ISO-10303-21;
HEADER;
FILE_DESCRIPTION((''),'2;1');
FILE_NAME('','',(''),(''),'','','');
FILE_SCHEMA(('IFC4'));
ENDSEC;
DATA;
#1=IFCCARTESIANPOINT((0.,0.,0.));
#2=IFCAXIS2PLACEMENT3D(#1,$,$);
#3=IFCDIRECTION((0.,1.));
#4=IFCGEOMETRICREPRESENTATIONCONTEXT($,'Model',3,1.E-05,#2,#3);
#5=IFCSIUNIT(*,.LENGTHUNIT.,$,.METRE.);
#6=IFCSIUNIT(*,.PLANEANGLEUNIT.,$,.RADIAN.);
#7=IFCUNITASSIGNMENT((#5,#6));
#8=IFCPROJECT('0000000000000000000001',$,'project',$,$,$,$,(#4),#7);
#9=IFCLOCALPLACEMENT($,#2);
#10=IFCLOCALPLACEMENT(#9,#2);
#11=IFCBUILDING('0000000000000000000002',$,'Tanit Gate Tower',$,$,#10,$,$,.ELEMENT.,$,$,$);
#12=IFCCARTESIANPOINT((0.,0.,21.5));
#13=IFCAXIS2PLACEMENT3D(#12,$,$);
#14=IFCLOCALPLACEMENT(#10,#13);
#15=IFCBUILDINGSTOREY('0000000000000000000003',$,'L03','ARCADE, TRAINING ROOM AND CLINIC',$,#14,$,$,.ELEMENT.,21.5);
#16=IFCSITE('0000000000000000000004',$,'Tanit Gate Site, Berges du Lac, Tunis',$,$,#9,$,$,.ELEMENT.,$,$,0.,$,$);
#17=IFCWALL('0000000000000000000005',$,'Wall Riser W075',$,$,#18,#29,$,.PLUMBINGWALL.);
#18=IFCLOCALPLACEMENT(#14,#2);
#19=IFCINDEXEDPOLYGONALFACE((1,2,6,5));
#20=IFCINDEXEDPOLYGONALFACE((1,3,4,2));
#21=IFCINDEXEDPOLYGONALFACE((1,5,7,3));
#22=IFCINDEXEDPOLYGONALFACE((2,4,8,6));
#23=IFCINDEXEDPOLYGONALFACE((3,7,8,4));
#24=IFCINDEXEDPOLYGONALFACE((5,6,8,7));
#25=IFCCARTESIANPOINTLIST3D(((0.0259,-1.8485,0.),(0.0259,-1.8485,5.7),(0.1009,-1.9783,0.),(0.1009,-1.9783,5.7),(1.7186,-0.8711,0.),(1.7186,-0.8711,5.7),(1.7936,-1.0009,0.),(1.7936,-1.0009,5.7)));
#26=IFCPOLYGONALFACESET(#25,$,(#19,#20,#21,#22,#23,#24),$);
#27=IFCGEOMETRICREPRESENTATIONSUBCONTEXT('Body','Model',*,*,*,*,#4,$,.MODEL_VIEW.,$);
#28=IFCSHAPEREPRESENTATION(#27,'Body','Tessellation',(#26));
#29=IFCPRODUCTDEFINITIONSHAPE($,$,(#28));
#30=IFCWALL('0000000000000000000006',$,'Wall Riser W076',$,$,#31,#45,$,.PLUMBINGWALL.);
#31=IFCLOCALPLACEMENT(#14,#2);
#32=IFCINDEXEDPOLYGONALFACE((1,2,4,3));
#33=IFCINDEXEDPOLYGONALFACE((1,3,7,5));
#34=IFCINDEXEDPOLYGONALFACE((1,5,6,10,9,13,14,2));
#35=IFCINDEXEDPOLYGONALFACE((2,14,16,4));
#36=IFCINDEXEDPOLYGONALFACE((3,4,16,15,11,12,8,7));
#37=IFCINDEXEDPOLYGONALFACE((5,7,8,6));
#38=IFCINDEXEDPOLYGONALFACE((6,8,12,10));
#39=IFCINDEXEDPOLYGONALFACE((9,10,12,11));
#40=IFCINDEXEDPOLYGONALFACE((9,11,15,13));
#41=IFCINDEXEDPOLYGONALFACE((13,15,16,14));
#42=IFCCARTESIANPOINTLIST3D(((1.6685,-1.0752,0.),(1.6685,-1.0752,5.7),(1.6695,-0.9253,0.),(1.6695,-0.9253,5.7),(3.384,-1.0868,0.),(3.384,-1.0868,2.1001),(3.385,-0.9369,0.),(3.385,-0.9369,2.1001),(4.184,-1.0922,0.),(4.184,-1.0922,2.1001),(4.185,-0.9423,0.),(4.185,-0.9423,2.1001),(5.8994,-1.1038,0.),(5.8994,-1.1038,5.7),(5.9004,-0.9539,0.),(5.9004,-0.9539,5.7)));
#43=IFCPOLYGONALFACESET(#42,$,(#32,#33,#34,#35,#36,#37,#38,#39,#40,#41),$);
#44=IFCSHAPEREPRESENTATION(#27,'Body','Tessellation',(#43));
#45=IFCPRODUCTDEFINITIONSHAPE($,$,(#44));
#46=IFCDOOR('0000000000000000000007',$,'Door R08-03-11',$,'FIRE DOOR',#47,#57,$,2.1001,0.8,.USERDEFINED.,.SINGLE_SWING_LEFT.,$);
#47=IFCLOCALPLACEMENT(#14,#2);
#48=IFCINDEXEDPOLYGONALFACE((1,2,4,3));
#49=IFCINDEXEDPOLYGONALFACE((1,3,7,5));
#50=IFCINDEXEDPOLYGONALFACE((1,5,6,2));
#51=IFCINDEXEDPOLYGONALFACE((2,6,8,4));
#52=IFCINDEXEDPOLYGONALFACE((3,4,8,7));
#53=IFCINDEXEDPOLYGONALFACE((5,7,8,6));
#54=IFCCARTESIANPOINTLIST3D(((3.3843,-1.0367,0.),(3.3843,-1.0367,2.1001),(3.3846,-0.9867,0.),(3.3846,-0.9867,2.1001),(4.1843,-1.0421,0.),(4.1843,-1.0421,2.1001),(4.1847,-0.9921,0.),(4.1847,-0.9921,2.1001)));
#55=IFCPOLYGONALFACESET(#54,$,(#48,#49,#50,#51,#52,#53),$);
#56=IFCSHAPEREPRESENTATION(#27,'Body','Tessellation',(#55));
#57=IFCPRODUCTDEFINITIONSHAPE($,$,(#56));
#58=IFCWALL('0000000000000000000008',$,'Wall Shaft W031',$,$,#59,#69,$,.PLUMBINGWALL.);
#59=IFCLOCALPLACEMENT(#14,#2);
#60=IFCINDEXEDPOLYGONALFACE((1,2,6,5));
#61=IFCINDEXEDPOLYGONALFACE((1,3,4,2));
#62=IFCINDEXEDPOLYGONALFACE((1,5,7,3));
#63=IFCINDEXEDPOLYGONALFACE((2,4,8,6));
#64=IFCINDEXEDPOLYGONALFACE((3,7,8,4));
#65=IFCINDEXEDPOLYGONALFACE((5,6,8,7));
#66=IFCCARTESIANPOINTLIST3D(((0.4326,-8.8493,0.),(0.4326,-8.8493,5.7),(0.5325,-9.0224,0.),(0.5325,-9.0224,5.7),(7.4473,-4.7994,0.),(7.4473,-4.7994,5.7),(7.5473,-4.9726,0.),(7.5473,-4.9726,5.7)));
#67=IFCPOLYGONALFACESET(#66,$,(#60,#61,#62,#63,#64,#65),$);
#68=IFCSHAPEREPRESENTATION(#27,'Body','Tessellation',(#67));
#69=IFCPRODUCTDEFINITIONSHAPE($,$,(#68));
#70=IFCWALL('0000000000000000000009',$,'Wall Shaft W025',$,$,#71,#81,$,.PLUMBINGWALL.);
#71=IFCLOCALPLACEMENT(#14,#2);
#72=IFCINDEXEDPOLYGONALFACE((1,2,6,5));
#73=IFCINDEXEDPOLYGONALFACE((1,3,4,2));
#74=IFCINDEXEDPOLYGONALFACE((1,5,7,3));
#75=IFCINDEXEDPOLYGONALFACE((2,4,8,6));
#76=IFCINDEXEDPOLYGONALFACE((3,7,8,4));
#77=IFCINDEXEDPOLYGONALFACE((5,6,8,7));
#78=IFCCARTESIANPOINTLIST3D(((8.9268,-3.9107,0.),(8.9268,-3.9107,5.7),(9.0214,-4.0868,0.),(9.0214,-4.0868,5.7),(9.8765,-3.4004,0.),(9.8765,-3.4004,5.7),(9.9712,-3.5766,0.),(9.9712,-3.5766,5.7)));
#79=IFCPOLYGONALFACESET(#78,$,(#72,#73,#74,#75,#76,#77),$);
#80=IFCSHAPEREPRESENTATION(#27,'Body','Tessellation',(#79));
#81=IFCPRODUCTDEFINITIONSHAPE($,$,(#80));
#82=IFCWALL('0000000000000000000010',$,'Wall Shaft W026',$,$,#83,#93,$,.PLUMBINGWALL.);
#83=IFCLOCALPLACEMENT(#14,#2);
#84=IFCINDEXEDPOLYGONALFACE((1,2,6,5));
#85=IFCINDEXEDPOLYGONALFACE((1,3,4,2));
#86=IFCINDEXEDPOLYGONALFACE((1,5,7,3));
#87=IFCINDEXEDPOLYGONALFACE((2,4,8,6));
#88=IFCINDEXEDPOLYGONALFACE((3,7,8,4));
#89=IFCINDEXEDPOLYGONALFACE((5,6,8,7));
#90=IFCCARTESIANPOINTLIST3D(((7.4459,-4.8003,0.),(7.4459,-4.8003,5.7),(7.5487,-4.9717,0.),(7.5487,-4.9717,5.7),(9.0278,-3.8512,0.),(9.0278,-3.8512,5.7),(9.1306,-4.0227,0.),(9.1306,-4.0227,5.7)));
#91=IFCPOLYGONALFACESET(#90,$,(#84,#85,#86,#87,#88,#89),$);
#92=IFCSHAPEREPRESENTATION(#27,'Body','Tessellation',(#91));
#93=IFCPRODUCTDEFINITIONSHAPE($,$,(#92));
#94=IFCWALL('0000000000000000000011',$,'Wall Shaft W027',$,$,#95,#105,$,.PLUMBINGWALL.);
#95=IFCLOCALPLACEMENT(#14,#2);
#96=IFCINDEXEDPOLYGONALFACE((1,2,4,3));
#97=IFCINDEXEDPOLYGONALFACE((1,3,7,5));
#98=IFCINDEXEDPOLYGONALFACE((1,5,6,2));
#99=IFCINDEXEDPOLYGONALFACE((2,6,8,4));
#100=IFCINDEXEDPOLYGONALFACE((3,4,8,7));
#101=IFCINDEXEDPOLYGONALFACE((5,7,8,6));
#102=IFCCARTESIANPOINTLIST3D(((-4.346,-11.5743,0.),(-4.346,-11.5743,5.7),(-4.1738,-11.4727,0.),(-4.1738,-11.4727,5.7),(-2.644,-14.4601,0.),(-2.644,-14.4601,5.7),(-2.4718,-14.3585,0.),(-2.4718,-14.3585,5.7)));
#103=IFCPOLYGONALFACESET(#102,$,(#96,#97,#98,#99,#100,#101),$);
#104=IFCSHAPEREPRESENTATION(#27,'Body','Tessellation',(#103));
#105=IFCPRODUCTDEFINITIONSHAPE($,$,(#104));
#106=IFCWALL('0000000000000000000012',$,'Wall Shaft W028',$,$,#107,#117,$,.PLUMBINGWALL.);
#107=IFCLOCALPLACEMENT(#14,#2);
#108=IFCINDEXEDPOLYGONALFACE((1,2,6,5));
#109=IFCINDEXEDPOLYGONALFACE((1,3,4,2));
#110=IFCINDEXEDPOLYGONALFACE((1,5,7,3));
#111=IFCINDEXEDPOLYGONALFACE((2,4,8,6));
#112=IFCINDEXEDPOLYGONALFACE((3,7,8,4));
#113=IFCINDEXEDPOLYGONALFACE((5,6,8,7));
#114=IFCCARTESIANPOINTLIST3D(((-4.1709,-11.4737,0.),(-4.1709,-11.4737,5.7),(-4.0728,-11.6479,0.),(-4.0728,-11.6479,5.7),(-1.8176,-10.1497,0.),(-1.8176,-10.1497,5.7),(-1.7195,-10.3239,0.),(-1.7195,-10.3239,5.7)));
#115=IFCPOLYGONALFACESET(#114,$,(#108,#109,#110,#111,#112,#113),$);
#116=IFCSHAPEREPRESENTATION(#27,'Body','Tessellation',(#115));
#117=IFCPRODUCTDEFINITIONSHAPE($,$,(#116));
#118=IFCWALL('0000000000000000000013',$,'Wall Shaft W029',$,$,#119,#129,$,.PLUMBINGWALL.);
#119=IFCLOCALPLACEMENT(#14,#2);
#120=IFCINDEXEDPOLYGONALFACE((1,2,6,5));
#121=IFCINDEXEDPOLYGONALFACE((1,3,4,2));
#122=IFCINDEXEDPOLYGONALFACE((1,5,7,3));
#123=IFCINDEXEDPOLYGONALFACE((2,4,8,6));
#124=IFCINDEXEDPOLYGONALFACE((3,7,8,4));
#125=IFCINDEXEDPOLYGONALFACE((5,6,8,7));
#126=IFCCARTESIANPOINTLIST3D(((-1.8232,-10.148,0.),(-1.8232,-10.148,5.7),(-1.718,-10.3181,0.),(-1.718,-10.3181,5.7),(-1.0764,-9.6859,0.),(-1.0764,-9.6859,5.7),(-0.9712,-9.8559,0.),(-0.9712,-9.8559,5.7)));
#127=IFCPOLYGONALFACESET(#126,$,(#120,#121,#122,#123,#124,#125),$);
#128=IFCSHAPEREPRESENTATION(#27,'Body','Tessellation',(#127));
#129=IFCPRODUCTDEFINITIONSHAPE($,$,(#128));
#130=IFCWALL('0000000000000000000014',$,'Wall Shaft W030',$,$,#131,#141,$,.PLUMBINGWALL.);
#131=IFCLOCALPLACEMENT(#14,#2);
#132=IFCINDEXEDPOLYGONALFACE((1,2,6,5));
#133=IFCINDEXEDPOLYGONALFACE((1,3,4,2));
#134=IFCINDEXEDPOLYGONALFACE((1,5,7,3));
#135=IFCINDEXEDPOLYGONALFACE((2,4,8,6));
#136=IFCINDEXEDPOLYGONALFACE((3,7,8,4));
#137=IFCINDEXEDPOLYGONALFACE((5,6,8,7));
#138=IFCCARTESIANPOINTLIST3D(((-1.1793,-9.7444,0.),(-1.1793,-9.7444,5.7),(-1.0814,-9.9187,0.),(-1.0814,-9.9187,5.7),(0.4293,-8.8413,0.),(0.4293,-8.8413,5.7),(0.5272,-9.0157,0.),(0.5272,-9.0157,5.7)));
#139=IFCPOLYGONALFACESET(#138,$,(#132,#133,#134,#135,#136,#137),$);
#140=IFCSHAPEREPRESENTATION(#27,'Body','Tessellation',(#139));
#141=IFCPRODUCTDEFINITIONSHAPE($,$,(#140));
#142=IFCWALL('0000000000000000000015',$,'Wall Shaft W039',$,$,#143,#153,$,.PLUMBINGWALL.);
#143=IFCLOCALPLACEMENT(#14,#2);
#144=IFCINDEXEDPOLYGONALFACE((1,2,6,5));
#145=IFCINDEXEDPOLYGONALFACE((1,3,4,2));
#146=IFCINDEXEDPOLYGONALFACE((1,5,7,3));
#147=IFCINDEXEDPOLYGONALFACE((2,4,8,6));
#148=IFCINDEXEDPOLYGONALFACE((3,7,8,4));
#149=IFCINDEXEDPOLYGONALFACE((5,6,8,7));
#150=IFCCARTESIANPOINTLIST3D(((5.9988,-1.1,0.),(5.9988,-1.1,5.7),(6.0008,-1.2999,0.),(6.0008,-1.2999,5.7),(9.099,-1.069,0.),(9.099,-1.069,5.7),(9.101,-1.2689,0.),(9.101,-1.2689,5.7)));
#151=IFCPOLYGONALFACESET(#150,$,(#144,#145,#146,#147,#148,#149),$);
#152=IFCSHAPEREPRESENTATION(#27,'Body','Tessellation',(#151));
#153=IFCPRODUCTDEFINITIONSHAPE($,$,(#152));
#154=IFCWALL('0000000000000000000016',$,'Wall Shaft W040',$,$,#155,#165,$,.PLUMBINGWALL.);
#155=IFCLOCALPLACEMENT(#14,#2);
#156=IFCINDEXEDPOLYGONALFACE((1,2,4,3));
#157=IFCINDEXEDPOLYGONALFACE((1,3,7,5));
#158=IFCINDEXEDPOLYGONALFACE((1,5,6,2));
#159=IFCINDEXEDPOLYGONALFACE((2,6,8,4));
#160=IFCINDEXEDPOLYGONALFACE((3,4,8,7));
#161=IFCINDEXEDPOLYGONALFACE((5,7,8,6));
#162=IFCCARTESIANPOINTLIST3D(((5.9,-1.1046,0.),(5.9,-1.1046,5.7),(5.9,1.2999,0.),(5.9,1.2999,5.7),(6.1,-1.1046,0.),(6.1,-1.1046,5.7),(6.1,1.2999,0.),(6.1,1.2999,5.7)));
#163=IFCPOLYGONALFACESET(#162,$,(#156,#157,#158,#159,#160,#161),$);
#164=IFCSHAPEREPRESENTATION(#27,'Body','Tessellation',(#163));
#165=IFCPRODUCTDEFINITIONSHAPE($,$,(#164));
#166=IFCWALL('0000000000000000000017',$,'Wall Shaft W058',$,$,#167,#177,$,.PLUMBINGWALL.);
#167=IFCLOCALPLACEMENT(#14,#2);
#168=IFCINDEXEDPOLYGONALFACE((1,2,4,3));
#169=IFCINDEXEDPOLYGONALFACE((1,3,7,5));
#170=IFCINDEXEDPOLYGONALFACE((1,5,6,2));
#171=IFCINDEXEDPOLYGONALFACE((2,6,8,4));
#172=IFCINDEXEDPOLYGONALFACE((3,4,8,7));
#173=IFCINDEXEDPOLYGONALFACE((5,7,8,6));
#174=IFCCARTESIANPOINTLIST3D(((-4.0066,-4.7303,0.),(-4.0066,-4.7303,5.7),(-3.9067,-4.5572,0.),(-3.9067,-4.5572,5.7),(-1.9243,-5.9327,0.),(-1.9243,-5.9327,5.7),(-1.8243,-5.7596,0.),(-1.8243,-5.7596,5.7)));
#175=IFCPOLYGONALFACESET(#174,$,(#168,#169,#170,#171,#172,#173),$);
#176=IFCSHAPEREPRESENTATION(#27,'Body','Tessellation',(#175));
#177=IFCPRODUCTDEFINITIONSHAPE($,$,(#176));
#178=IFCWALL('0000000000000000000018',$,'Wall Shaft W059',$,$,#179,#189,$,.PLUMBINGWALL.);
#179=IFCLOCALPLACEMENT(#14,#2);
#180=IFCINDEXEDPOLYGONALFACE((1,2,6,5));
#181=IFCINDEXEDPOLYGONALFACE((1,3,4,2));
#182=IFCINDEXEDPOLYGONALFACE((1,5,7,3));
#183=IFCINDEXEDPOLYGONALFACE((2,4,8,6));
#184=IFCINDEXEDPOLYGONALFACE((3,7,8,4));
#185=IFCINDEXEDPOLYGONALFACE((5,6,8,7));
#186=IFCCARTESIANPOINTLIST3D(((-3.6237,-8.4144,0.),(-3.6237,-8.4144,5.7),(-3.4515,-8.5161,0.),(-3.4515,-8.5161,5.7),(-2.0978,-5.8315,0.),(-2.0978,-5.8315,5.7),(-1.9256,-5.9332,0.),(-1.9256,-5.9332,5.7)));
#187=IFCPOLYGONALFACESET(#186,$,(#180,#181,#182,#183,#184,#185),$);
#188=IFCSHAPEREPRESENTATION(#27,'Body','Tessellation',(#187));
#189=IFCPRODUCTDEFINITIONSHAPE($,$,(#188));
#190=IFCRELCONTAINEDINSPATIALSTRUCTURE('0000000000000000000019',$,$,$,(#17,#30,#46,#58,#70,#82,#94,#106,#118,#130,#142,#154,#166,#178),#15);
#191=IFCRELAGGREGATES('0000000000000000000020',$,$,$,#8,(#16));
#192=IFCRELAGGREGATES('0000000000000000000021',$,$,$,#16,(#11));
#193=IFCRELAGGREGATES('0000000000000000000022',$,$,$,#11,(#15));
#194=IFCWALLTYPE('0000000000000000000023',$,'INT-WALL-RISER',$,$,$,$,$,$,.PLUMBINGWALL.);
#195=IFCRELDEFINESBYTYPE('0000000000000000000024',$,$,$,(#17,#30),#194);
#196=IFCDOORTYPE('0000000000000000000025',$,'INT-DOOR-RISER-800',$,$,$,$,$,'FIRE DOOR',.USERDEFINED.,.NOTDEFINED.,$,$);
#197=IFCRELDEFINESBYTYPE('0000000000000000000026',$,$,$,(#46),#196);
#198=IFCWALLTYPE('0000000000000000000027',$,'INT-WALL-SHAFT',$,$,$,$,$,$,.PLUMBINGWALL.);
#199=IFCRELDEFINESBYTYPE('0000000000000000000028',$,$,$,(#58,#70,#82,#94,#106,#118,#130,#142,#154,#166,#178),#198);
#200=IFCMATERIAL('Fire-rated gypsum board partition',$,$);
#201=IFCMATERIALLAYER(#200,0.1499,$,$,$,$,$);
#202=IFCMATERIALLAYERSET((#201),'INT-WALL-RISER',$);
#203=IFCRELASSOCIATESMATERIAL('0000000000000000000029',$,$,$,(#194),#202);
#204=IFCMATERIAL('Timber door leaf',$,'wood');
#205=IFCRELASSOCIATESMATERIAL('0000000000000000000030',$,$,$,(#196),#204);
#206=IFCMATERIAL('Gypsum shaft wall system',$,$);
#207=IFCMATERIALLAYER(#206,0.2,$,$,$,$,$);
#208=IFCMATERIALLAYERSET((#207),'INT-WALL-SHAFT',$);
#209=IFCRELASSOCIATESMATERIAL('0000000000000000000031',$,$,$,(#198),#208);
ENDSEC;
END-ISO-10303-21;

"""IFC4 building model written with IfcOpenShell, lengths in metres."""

from ifc_helpers import new_model, si_unit, direction, frame, frame_2d, origin, place, context, subcontext, project, spatial, rectangle, extrude, material, layer, layer_set, type_object, element, fill, save


model = new_model("IFC4")

# Units and contexts
model_context = context("Model", 3, precision=1e-05, world=origin(), true_north=direction((0.0, 1.0)))
body_context = subcontext(model_context, "Body", "Model", "MODEL_VIEW")
ifc_project = project(units=[si_unit("LENGTHUNIT", "METRE"), si_unit("PLANEANGLEUNIT", "RADIAN")], contexts=[model_context])

# Site, building, storey
site_placement = place(None, origin())
site = spatial("IfcSite", under=ifc_project, at=site_placement, Name="Tanit Gate Site, Berges du Lac, Tunis", CompositionType="ELEMENT", RefElevation=0.0)
building_placement = place(site_placement, origin())
building = spatial("IfcBuilding", under=site, at=building_placement, Name="Tanit Gate Tower", CompositionType="ELEMENT")
storey_placement = place(building_placement, frame((0.0, 0.0, 21.5)))
storey = spatial("IfcBuildingStorey", under=building, at=storey_placement, Name="L03", Description="ARCADE, TRAINING ROOM AND CLINIC", CompositionType="ELEMENT", Elevation=21.5)

# Wall
ifc_material_1 = material(Name="Fire-rated gypsum board partition")
ifc_layer_1 = layer(ifc_material_1, 0.1499)
ifc_layer_set_1 = layer_set([ifc_layer_1], Name="INT-WALL-RISER")
wall_type_1 = type_object("IfcWallType", Name="INT-WALL-RISER", PredefinedType="PLUMBINGWALL", material=ifc_layer_set_1)
wall_1_placement = place(storey_placement, frame((1.7561, -0.936, 0.0), z_axis=(0.0, 0.0, 1.0), x_axis=(-0.866013, -0.500022, 0.0)))
element("IfcWall", 1, at=wall_1_placement, inside=storey, type_object=wall_type_1, Name="Wall Riser W075", PredefinedType="PLUMBINGWALL", context=body_context, shape_type="SweptSolid", body=[
    extrude(rectangle(XDim=1.9546, YDim=0.1499, at=frame_2d((0.9773, 0.0))), origin(), (0.0, 0.0, 1.0), 5.7),
])

# Wall, opening, door
wall_2_placement = place(storey_placement, frame((5.8999, -1.0288, 0.0), z_axis=(0.0, 0.0, 1.0), x_axis=(-0.999977, 0.006751, 0.0)))
wall_2 = element("IfcWall", 2, at=wall_2_placement, inside=storey, type_object=wall_type_1, Name="Wall Riser W076", PredefinedType="PLUMBINGWALL", context=body_context, shape_type="SweptSolid", body=[
    extrude(rectangle(XDim=4.231, YDim=0.1499, at=frame_2d((2.1155, 0.0))), origin(), (0.0, 0.0, 1.0), 5.7),
])
opening_1_placement = place(wall_2_placement, frame((1.7156, 0.0, 0.0)))
opening_1 = element("IfcOpeningElement", 3, at=opening_1_placement, cuts=wall_2, PredefinedType="OPENING", context=body_context, shape_type="SweptSolid", body=[
    extrude(rectangle(XDim=0.8, YDim=2.1001, at=frame_2d((0.3999, 1.05))), frame((0.0, 0.085, 0.0), z_axis=(0.0, -1.0, 0.0), x_axis=(1.0, 0.0, 0.0)), (0.0, 0.0, 1.0), 0.1699),
])
ifc_material_2 = material(Name="Timber door leaf", Category="wood")
door_type_1 = type_object("IfcDoorType", Name="INT-DOOR-RISER-800", ElementType="FIRE DOOR", OperationType="NOTDEFINED", PredefinedType="USERDEFINED", material=ifc_material_2)
door_1_placement = place(opening_1_placement, origin())
door_1 = element("IfcDoor", 4, at=door_1_placement, inside=storey, type_object=door_type_1, Name="Door R08-03-11", ObjectType="FIRE DOOR", OperationType="SINGLE_SWING_LEFT", OverallHeight=2.1001, OverallWidth=0.8, PredefinedType="USERDEFINED", context=body_context, shape_type="SweptSolid", body=[
    extrude(rectangle(XDim=0.8, YDim=2.1001, at=frame_2d((0.3999, 1.05))), frame((0.0, 0.0249, 0.0), z_axis=(0.0, -1.0, 0.0), x_axis=(1.0, 0.0, 0.0)), (0.0, 0.0, 1.0), 0.05),
])
fill(opening_1, door_1)

# Walls
ifc_material_3 = material(Name="Gypsum shaft wall system")
ifc_layer_2 = layer(ifc_material_3, 0.2)
ifc_layer_set_2 = layer_set([ifc_layer_2], Name="INT-WALL-SHAFT")
wall_type_2 = type_object("IfcWallType", Name="INT-WALL-SHAFT", PredefinedType="PLUMBINGWALL", material=ifc_layer_set_2)
wall_3_placement = place(storey_placement, frame((0.4827, -8.9358, 0.0), z_axis=(0.0, 0.0, 1.0), x_axis=(0.866031, 0.49999, 0.0)))
element("IfcWall", 5, at=wall_3_placement, inside=storey, type_object=wall_type_2, Name="Wall Shaft W031", PredefinedType="PLUMBINGWALL", context=body_context, shape_type="SweptSolid", body=[
    extrude(rectangle(XDim=8.0999, YDim=0.2, at=frame_2d((4.0498, 0.0))), origin(), (0.0, 0.0, 1.0), 5.7),
])
wall_4_placement = place(storey_placement, frame((8.9741, -3.9988, 0.0), z_axis=(0.0, 0.0, 1.0), x_axis=(0.880907, 0.473289, 0.0)))
element("IfcWall", 6, at=wall_4_placement, inside=storey, type_object=wall_type_2, Name="Wall Shaft W025", PredefinedType="PLUMBINGWALL", context=body_context, shape_type="SweptSolid", body=[
    extrude(rectangle(XDim=1.0781, YDim=0.2, at=frame_2d((0.5391, 0.0))), origin(), (0.0, 0.0, 1.0), 5.7),
])
wall_5_placement = place(storey_placement, frame((7.4973, -4.886, 0.0), z_axis=(0.0, 0.0, 1.0), x_axis=(0.857516, 0.514457, 0.0)))
element("IfcWall", 7, at=wall_5_placement, inside=storey, type_object=wall_type_2, Name="Wall Shaft W026", PredefinedType="PLUMBINGWALL", context=body_context, shape_type="SweptSolid", body=[
    extrude(rectangle(XDim=1.8447, YDim=0.2, at=frame_2d((0.9224, 0.0))), origin(), (0.0, 0.0, 1.0), 5.7),
])
wall_6_placement = place(storey_placement, frame((-2.5579, -14.4094, 0.0), z_axis=(0.0, 0.0, 1.0), x_axis=(-0.507997, 0.861359, 0.0)))
element("IfcWall", 8, at=wall_6_placement, inside=storey, type_object=wall_type_2, Name="Wall Shaft W027", PredefinedType="PLUMBINGWALL", context=body_context, shape_type="SweptSolid", body=[
    extrude(rectangle(XDim=3.3503, YDim=0.2, at=frame_2d((1.6753, 0.0))), origin(), (0.0, 0.0, 1.0), 5.7),
])
wall_7_placement = place(storey_placement, frame((-1.7686, -10.2368, 0.0), z_axis=(0.0, 0.0, 1.0), x_axis=(-0.871534, -0.490334, 0.0)))
element("IfcWall", 9, at=wall_7_placement, inside=storey, type_object=wall_type_2, Name="Wall Shaft W028", PredefinedType="PLUMBINGWALL", context=body_context, shape_type="SweptSolid", body=[
    extrude(rectangle(XDim=2.7002, YDim=0.2, at=frame_2d((1.3501, 0.0))), origin(), (0.0, 0.0, 1.0), 5.7),
])
wall_8_placement = place(storey_placement, frame((-1.0239, -9.771, 0.0), z_axis=(0.0, 0.0, 1.0), x_axis=(-0.850348, -0.526221, 0.0)))
element("IfcWall", 10, at=wall_8_placement, inside=storey, type_object=wall_type_2, Name="Wall Shaft W029", PredefinedType="PLUMBINGWALL", context=body_context, shape_type="SweptSolid", body=[
    extrude(rectangle(XDim=0.8782, YDim=0.2, at=frame_2d((0.439, 0.0))), origin(), (0.0, 0.0, 1.0), 5.7),
])
wall_9_placement = place(storey_placement, frame((-1.1304, -9.8315, 0.0), z_axis=(0.0, 0.0, 1.0), x_axis=(0.871989, 0.489526, 0.0)))
element("IfcWall", 11, at=wall_9_placement, inside=storey, type_object=wall_type_2, Name="Wall Shaft W030", PredefinedType="PLUMBINGWALL", context=body_context, shape_type="SweptSolid", body=[
    extrude(rectangle(XDim=1.8447, YDim=0.2, at=frame_2d((0.9224, 0.0))), origin(), (0.0, 0.0, 1.0), 5.7),
])
wall_10_placement = place(storey_placement, frame((9.1001, -1.1689, 0.0), z_axis=(0.0, 0.0, 1.0), x_axis=(-0.99995, -0.010001, 0.0)))
element("IfcWall", 12, at=wall_10_placement, inside=storey, type_object=wall_type_2, Name="Wall Shaft W039", PredefinedType="PLUMBINGWALL", context=body_context, shape_type="SweptSolid", body=[
    extrude(rectangle(XDim=3.1003, YDim=0.2, at=frame_2d((1.5503, 0.0))), origin(), (0.0, 0.0, 1.0), 5.7),
])
wall_11_placement = place(storey_placement, frame((6.0, -1.1045, 0.0), z_axis=(0.0, 0.0, 1.0), x_axis=(0.0, 1.0, 0.0)))
element("IfcWall", 13, at=wall_11_placement, inside=storey, type_object=wall_type_2, Name="Wall Shaft W040", PredefinedType="PLUMBINGWALL", context=body_context, shape_type="SweptSolid", body=[
    extrude(rectangle(XDim=2.4045, YDim=0.2, at=frame_2d((1.2021, 0.0))), origin(), (0.0, 0.0, 1.0), 5.7),
])

# Walls
wall_12_placement = place(storey_placement, frame((-3.9565, -4.6438, 0.0), z_axis=(0.0, 0.0, 1.0), x_axis=(0.865991, -0.500059, 0.0)))
element("IfcWall", 14, at=wall_12_placement, inside=storey, type_object=wall_type_2, Name="Wall Shaft W058", PredefinedType="PLUMBINGWALL", context=body_context, shape_type="SweptSolid", body=[
    extrude(rectangle(XDim=2.4045, YDim=0.2, at=frame_2d((1.2021, 0.0))), origin(), (0.0, 0.0, 1.0), 5.7),
])
wall_13_placement = place(storey_placement, frame((-2.0117, -5.8823, 0.0), z_axis=(0.0, 0.0, 1.0), x_axis=(-0.50862, -0.860991, 0.0)))
element("IfcWall", 15, at=wall_13_placement, inside=storey, type_object=wall_type_2, Name="Wall Shaft W059", PredefinedType="PLUMBINGWALL", context=body_context, shape_type="SweptSolid", body=[
    extrude(rectangle(XDim=3.0, YDim=0.2, at=frame_2d((1.5, 0.0))), origin(), (0.0, 0.0, 1.0), 5.7),
])

save(model, "model.ifc")
